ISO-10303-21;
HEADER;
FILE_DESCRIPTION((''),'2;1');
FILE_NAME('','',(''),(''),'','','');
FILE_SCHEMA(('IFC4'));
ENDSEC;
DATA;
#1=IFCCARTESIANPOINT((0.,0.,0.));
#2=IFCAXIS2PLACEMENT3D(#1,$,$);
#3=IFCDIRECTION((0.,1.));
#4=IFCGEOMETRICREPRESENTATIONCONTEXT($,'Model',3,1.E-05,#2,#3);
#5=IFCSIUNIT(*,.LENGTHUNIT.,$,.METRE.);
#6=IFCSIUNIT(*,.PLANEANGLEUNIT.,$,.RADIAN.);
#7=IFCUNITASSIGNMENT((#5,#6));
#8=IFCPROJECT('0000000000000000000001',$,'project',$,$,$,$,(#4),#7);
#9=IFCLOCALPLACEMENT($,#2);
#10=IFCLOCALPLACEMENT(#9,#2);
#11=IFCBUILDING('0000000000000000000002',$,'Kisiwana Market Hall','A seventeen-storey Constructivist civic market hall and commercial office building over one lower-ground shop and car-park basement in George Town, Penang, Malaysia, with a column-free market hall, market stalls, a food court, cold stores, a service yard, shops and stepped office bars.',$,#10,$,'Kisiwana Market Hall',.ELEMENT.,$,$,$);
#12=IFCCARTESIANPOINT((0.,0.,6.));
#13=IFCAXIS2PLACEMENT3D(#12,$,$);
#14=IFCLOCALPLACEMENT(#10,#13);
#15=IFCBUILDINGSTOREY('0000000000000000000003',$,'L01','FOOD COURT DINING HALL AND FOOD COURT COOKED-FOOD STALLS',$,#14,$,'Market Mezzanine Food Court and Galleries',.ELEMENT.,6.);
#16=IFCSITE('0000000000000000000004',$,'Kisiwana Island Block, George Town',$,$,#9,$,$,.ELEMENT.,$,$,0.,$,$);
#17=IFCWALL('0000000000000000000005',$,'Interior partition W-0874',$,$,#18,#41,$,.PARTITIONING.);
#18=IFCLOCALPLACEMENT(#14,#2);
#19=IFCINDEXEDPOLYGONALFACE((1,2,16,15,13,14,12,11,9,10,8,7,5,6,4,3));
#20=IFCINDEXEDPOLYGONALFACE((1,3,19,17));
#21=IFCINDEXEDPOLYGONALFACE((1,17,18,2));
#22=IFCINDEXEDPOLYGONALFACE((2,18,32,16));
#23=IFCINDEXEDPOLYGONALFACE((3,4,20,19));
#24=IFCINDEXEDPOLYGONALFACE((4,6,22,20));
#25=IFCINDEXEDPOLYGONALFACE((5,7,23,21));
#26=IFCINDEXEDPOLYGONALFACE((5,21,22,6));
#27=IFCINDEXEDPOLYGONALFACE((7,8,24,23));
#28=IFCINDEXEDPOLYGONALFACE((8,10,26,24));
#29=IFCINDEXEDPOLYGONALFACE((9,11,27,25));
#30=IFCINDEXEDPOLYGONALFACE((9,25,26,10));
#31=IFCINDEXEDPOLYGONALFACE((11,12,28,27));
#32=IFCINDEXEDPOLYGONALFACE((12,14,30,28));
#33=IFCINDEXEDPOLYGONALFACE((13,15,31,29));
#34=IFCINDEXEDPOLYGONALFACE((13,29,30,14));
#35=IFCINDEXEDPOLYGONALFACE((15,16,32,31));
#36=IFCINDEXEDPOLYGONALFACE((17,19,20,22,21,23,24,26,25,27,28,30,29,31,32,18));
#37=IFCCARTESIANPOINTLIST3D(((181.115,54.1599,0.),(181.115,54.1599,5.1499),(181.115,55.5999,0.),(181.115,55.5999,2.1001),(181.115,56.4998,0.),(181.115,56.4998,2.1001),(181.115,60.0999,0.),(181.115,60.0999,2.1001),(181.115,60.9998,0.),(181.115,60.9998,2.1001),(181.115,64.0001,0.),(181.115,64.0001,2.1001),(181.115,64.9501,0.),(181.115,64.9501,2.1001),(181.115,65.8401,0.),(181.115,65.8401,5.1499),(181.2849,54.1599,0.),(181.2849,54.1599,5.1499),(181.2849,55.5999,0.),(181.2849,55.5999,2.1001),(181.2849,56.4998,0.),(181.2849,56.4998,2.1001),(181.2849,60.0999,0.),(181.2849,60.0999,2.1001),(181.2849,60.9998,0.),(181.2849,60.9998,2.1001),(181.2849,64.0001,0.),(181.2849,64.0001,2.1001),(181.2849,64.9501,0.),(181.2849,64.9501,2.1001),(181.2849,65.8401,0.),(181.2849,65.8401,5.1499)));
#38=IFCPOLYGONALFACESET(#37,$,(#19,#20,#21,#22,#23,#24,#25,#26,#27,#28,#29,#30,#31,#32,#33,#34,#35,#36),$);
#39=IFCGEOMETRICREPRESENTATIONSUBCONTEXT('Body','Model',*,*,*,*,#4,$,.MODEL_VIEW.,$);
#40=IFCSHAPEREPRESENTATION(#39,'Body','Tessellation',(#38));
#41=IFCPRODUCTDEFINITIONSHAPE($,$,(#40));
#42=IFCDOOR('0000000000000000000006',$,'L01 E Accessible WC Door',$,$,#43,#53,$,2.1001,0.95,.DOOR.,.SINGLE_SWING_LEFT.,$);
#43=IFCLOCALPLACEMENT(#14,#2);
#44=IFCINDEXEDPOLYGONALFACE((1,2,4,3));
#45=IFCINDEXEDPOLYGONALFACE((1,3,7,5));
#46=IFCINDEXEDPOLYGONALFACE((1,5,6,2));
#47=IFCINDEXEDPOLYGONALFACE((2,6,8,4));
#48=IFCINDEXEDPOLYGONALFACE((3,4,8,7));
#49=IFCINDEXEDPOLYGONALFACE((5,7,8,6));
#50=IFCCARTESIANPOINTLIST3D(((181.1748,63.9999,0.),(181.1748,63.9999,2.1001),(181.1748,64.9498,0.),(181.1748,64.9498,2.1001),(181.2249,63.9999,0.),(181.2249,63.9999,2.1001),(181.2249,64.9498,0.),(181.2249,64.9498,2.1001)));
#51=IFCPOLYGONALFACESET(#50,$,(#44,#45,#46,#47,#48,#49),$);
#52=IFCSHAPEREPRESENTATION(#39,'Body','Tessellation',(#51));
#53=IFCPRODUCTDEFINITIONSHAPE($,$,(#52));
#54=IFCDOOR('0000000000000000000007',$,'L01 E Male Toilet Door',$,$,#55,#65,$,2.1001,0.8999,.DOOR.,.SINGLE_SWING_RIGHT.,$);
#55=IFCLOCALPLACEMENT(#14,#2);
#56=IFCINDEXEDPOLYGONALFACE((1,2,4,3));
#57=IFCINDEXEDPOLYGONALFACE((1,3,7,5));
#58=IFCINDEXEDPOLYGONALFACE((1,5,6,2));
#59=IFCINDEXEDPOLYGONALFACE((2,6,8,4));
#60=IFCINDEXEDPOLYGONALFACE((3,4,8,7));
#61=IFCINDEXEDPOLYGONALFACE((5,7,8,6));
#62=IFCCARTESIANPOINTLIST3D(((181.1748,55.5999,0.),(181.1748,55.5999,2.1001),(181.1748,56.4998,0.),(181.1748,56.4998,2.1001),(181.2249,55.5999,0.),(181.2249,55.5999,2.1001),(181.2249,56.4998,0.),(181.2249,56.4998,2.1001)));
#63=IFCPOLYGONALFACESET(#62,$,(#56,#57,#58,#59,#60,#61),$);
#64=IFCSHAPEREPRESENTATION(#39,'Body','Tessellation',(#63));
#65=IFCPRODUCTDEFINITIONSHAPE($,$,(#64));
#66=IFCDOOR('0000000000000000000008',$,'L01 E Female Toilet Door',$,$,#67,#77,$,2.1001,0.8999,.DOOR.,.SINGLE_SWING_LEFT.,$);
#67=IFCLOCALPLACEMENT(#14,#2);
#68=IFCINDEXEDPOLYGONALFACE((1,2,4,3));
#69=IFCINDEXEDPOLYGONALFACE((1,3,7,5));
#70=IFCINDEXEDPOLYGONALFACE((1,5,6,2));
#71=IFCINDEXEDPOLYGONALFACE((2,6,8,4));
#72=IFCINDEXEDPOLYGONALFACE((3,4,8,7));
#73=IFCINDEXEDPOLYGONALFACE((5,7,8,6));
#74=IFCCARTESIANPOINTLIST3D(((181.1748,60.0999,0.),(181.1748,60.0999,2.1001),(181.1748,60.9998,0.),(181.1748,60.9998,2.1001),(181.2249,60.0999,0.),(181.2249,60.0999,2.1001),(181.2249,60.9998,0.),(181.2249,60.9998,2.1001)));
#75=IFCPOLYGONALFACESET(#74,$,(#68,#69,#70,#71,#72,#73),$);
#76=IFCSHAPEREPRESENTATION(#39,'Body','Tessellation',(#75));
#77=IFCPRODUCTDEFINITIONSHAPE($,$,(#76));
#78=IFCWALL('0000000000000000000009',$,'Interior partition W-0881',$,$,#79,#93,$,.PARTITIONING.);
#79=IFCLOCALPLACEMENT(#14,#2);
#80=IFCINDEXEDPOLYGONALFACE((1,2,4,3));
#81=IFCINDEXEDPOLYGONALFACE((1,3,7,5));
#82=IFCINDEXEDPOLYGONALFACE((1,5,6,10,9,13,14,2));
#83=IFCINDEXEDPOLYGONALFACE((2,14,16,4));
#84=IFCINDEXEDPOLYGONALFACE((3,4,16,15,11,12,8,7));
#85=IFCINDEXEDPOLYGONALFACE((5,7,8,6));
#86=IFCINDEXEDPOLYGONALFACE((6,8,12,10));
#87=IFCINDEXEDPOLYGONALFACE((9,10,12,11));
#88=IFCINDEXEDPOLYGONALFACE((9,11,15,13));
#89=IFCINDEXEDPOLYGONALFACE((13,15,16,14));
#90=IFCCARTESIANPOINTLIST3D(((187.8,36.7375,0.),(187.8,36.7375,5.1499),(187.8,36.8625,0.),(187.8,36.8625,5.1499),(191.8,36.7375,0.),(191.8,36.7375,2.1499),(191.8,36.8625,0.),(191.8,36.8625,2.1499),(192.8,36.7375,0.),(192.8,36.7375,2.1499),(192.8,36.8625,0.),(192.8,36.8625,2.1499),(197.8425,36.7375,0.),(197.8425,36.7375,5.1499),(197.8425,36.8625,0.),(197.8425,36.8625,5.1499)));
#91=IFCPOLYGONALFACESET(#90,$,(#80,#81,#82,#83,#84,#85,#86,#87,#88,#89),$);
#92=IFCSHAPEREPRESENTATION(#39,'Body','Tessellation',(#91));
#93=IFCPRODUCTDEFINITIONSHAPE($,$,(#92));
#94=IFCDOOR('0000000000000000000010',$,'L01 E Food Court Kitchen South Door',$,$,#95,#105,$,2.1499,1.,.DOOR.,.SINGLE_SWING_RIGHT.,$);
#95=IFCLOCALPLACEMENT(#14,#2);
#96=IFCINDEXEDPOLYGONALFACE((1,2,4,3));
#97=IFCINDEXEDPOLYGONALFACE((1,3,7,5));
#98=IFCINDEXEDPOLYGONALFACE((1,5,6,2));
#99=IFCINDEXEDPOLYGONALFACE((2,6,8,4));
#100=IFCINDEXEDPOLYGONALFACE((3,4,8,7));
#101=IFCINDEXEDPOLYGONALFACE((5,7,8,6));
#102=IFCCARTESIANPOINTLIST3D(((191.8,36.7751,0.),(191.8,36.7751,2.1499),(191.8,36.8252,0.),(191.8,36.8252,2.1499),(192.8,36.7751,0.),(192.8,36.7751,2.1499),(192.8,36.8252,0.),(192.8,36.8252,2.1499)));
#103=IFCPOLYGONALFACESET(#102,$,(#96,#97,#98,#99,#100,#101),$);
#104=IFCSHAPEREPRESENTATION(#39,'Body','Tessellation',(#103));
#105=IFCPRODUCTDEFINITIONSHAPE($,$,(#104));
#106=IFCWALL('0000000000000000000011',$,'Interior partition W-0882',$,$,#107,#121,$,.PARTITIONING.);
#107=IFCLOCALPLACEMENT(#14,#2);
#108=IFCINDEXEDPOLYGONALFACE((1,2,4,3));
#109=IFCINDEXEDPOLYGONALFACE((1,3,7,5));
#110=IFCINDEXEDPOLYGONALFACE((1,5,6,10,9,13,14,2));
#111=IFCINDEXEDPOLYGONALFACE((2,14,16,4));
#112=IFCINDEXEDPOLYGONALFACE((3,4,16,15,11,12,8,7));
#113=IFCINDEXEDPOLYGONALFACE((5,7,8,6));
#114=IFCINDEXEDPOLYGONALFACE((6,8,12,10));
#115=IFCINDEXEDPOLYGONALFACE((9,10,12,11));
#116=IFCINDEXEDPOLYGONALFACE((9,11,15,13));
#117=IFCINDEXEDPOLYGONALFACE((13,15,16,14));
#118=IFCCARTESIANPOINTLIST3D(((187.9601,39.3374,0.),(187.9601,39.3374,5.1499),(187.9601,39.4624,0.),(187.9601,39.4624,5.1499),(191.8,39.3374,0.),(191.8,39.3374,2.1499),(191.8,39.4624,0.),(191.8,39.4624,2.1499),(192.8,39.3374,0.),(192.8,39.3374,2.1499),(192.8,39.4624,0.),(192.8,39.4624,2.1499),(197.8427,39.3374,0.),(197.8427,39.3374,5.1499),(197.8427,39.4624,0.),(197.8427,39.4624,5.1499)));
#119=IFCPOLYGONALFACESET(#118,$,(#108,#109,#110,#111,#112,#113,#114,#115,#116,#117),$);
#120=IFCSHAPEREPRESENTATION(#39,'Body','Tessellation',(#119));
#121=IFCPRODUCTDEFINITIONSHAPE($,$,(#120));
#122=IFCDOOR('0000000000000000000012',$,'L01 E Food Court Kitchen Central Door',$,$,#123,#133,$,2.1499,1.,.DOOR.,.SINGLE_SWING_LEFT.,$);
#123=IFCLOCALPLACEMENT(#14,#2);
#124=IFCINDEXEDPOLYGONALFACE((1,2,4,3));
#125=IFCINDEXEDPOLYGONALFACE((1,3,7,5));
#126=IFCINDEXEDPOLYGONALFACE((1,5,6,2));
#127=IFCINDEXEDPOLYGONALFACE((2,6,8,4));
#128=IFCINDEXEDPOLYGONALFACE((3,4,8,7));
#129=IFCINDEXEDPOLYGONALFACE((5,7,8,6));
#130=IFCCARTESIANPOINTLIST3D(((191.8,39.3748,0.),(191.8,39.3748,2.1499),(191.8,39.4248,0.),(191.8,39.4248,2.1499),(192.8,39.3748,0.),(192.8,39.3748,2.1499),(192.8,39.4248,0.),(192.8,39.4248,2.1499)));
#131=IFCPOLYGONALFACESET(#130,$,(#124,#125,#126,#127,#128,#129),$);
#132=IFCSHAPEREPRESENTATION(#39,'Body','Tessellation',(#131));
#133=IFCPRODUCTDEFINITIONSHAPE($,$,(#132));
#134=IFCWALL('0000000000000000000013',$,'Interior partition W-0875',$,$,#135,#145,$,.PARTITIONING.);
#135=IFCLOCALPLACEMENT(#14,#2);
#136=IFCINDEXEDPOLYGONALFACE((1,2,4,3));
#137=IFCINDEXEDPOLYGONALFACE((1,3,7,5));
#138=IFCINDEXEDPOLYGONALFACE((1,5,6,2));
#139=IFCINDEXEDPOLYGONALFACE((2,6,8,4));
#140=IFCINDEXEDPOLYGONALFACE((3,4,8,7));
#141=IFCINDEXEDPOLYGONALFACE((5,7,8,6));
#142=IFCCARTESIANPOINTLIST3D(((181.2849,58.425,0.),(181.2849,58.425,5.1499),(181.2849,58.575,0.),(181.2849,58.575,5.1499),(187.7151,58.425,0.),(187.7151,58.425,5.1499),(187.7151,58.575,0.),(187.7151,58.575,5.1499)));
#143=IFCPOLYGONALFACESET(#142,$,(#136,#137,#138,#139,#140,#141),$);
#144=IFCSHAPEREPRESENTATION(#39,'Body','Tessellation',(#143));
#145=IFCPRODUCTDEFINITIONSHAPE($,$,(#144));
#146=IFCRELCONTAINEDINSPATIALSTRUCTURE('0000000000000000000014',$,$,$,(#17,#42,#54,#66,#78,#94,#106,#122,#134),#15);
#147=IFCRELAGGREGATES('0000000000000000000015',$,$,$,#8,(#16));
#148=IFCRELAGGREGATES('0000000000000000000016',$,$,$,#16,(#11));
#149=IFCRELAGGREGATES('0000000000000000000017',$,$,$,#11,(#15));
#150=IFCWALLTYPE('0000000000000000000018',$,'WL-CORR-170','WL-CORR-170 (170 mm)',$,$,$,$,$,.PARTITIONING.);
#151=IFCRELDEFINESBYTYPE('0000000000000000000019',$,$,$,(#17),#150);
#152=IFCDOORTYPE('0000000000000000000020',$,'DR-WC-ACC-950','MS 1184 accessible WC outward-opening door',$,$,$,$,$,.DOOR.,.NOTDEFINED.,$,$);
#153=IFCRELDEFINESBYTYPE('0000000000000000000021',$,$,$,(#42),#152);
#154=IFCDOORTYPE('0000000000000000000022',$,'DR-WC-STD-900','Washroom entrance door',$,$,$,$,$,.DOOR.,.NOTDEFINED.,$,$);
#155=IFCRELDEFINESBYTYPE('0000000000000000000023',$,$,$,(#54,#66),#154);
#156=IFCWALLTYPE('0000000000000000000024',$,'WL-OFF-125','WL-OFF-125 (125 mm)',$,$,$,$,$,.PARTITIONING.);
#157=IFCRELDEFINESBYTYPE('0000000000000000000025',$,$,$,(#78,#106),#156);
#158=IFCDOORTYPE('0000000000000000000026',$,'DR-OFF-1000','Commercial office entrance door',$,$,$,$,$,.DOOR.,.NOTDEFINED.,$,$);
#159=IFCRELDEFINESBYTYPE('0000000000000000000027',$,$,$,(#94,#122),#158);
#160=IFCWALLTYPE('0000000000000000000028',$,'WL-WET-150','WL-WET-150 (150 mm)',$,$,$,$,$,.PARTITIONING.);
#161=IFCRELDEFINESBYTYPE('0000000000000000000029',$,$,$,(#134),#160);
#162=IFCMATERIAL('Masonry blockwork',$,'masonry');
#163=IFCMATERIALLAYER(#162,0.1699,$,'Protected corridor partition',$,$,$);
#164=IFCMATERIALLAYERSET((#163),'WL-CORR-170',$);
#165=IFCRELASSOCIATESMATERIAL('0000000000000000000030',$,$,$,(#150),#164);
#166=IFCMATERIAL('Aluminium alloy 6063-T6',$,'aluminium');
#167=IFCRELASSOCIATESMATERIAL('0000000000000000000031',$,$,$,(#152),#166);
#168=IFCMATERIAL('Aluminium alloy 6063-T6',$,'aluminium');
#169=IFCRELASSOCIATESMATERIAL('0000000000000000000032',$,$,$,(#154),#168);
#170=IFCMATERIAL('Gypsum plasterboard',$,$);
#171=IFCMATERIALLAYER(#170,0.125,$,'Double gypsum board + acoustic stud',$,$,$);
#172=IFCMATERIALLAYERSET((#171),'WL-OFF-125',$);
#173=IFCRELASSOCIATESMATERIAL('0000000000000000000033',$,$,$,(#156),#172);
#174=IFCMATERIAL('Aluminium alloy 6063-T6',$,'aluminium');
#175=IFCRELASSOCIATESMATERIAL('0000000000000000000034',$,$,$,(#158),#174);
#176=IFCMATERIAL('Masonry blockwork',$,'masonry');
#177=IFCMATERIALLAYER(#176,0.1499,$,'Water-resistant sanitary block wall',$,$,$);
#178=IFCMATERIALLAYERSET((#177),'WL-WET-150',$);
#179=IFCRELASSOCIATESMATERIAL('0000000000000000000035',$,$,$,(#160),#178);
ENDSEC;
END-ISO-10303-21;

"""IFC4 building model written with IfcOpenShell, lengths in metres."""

from ifc_helpers import new_model, si_unit, direction, frame, frame_2d, origin, place, context, subcontext, project, spatial, rectangle, extrude, material, layer, layer_set, type_object, element, fill, save


model = new_model("IFC4")

# Units and contexts
model_context = context("Model", 3, precision=1e-05, world=origin(), true_north=direction((0.0, 1.0)))
body_context = subcontext(model_context, "Body", "Model", "MODEL_VIEW")
ifc_project = project(units=[si_unit("LENGTHUNIT", "METRE"), si_unit("PLANEANGLEUNIT", "RADIAN")], contexts=[model_context])

# Site, building, storey
site_placement = place(None, origin())
site = spatial("IfcSite", under=ifc_project, at=site_placement, Name="Kisiwana Island Block, George Town", CompositionType="ELEMENT", RefElevation=0.0)
building_placement = place(site_placement, origin())
building = spatial("IfcBuilding", under=site, at=building_placement, Name="Kisiwana Market Hall", Description="A seventeen-storey Constructivist civic market hall and commercial office building over one lower-ground shop and car-park basement in George Town, Penang, Malaysia, with a column-free market hall, market stalls, a food court, cold stores, a service yard, shops and stepped office bars.", LongName="Kisiwana Market Hall", CompositionType="ELEMENT")
storey_placement = place(building_placement, frame((0.0, 0.0, 6.0)))
storey = spatial("IfcBuildingStorey", under=building, at=storey_placement, Name="L01", Description="FOOD COURT DINING HALL AND FOOD COURT COOKED-FOOD STALLS", LongName="Market Mezzanine Food Court and Galleries", CompositionType="ELEMENT", Elevation=6.0)

# Shared definitions
ifc_material_1 = material(Name="Masonry blockwork", Category="masonry")
ifc_layer_1 = layer(ifc_material_1, 0.1699, Name="Protected corridor partition")
ifc_layer_set_1 = layer_set([ifc_layer_1], Name="WL-CORR-170")
wall_type_1 = type_object("IfcWallType", Name="WL-CORR-170", Description="WL-CORR-170 (170 mm)", PredefinedType="PARTITIONING", material=ifc_layer_set_1)

# Wall, openings, doors
wall_1_placement = place(storey_placement, frame((181.2, 54.1599, 0.0), z_axis=(0.0, 0.0, 1.0), x_axis=(0.0, 1.0, 0.0)))
wall_1 = element("IfcWall", 1, at=wall_1_placement, inside=storey, type_object=wall_type_1, Name="Interior partition W-0874", PredefinedType="PARTITIONING", context=body_context, shape_type="SweptSolid", body=[
    extrude(rectangle(XDim=11.6802, YDim=0.1699, at=frame_2d((5.8401, 0.0))), origin(), (0.0, 0.0, 1.0), 5.1499),
])
opening_1_placement = place(wall_1_placement, frame((1.4399, 0.0, 0.0)))
opening_1 = element("IfcOpeningElement", 2, at=opening_1_placement, cuts=wall_1, PredefinedType="OPENING", context=body_context, shape_type="SweptSolid", body=[
    extrude(rectangle(XDim=0.8999, YDim=2.1001, at=frame_2d((0.45, 1.05))), frame((0.0, 0.0969, 0.0), z_axis=(0.0, -1.0, 0.0), x_axis=(1.0, 0.0, 0.0)), (0.0, 0.0, 1.0), 0.1938),
])
opening_2_placement = place(wall_1_placement, frame((5.9399, 0.0, 0.0)))
opening_2 = element("IfcOpeningElement", 3, at=opening_2_placement, cuts=wall_1, PredefinedType="OPENING", context=body_context, shape_type="SweptSolid", body=[
    extrude(rectangle(XDim=0.8999, YDim=2.1001, at=frame_2d((0.45, 1.05))), frame((0.0, 0.0969, 0.0), z_axis=(0.0, -1.0, 0.0), x_axis=(1.0, 0.0, 0.0)), (0.0, 0.0, 1.0), 0.1938),
])
opening_3_placement = place(wall_1_placement, frame((9.8401, 0.0, 0.0)))
opening_3 = element("IfcOpeningElement", 4, at=opening_3_placement, cuts=wall_1, PredefinedType="OPENING", context=body_context, shape_type="SweptSolid", body=[
    extrude(rectangle(XDim=0.95, YDim=2.1001, at=frame_2d((0.4751, 1.05))), frame((0.0, 0.0969, 0.0), z_axis=(0.0, -1.0, 0.0), x_axis=(1.0, 0.0, 0.0)), (0.0, 0.0, 1.0), 0.1938),
])
ifc_material_2 = material(Name="Aluminium alloy 6063-T6", Category="aluminium")
door_type_1 = type_object("IfcDoorType", Name="DR-WC-ACC-950", Description="MS 1184 accessible WC outward-opening door", OperationType="NOTDEFINED", PredefinedType="DOOR", material=ifc_material_2)
door_1_placement = place(opening_3_placement, frame((0.95, 0.0, 0.0), z_axis=(0.0, 0.0, 1.0), x_axis=(-1.0, 0.0, 0.0)))
door_1 = element("IfcDoor", 5, at=door_1_placement, inside=storey, type_object=door_type_1, Name="L01 E Accessible WC Door", OperationType="SINGLE_SWING_LEFT", OverallHeight=2.1001, OverallWidth=0.95, PredefinedType="DOOR", context=body_context, shape_type="SweptSolid", body=[
    extrude(rectangle(XDim=0.95, YDim=2.1001, at=frame_2d((0.4751, 1.05))), frame((0.0, 0.0249, 0.0), z_axis=(0.0, -1.0, 0.0), x_axis=(1.0, 0.0, 0.0)), (0.0, 0.0, 1.0), 0.05),
])
fill(opening_3, door_1)
ifc_material_3 = material(Name="Aluminium alloy 6063-T6", Category="aluminium")
door_type_2 = type_object("IfcDoorType", Name="DR-WC-STD-900", Description="Washroom entrance door", OperationType="NOTDEFINED", PredefinedType="DOOR", material=ifc_material_3)
door_2_placement = place(opening_1_placement, frame((0.8999, 0.0, 0.0), z_axis=(0.0, 0.0, 1.0), x_axis=(-1.0, 0.0, 0.0)))
door_2 = element("IfcDoor", 6, at=door_2_placement, inside=storey, type_object=door_type_2, Name="L01 E Male Toilet Door", OperationType="SINGLE_SWING_RIGHT", OverallHeight=2.1001, OverallWidth=0.8999, PredefinedType="DOOR", context=body_context, shape_type="SweptSolid", body=[
    extrude(rectangle(XDim=0.8999, YDim=2.1001, at=frame_2d((0.45, 1.05))), frame((0.0, 0.0249, 0.0), z_axis=(0.0, -1.0, 0.0), x_axis=(1.0, 0.0, 0.0)), (0.0, 0.0, 1.0), 0.05),
])
fill(opening_1, door_2)
door_3_placement = place(opening_2_placement, frame((0.8999, 0.0, 0.0), z_axis=(0.0, 0.0, 1.0), x_axis=(-1.0, 0.0, 0.0)))
door_3 = element("IfcDoor", 7, at=door_3_placement, inside=storey, type_object=door_type_2, Name="L01 E Female Toilet Door", OperationType="SINGLE_SWING_LEFT", OverallHeight=2.1001, OverallWidth=0.8999, PredefinedType="DOOR", context=body_context, shape_type="SweptSolid", body=[
    extrude(rectangle(XDim=0.8999, YDim=2.1001, at=frame_2d((0.45, 1.05))), frame((0.0, 0.0249, 0.0), z_axis=(0.0, -1.0, 0.0), x_axis=(1.0, 0.0, 0.0)), (0.0, 0.0, 1.0), 0.05),
])
fill(opening_2, door_3)

# Walls, openings, doors
ifc_material_4 = material(Name="Gypsum plasterboard")
ifc_layer_2 = layer(ifc_material_4, 0.125, Name="Double gypsum board + acoustic stud")
ifc_layer_set_2 = layer_set([ifc_layer_2], Name="WL-OFF-125")
wall_type_2 = type_object("IfcWallType", Name="WL-OFF-125", Description="WL-OFF-125 (125 mm)", PredefinedType="PARTITIONING", material=ifc_layer_set_2)
wall_2_placement = place(storey_placement, frame((187.8, 36.8, 0.0), z_axis=(0.0, 0.0, 1.0), x_axis=(1.0, 0.0, 0.0)))
wall_2 = element("IfcWall", 8, at=wall_2_placement, inside=storey, type_object=wall_type_2, Name="Interior partition W-0881", PredefinedType="PARTITIONING", context=body_context, shape_type="SweptSolid", body=[
    extrude(rectangle(XDim=10.0425, YDim=0.125, at=frame_2d((5.0212, 0.0))), origin(), (0.0, 0.0, 1.0), 5.1499),
])
opening_4_placement = place(wall_2_placement, frame((4.0, 0.0, 0.0)))
opening_4 = element("IfcOpeningElement", 9, at=opening_4_placement, cuts=wall_2, PredefinedType="OPENING", context=body_context, shape_type="SweptSolid", body=[
    extrude(rectangle(XDim=1.0, YDim=2.1499, at=frame_2d((0.5, 1.075))), frame((0.0, 0.0745, 0.0), z_axis=(0.0, -1.0, 0.0), x_axis=(1.0, 0.0, 0.0)), (0.0, 0.0, 1.0), 0.1489),
])
ifc_material_5 = material(Name="Aluminium alloy 6063-T6", Category="aluminium")
door_type_3 = type_object("IfcDoorType", Name="DR-OFF-1000", Description="Commercial office entrance door", OperationType="NOTDEFINED", PredefinedType="DOOR", material=ifc_material_5)
door_4_placement = place(opening_4_placement, frame((1.0, 0.0, 0.0), z_axis=(0.0, 0.0, 1.0), x_axis=(-1.0, 0.0, 0.0)))
door_4 = element("IfcDoor", 10, at=door_4_placement, inside=storey, type_object=door_type_3, Name="L01 E Food Court Kitchen South Door", OperationType="SINGLE_SWING_RIGHT", OverallHeight=2.1499, OverallWidth=1.0, PredefinedType="DOOR", context=body_context, shape_type="SweptSolid", body=[
    extrude(rectangle(XDim=1.0, YDim=2.1499, at=frame_2d((0.5, 1.075))), frame((0.0, 0.0249, 0.0), z_axis=(0.0, -1.0, 0.0), x_axis=(1.0, 0.0, 0.0)), (0.0, 0.0, 1.0), 0.05),
])
fill(opening_4, door_4)
wall_3_placement = place(storey_placement, frame((187.96, 39.3999, 0.0), z_axis=(0.0, 0.0, 1.0), x_axis=(1.0, 0.0, 0.0)))
wall_3 = element("IfcWall", 11, at=wall_3_placement, inside=storey, type_object=wall_type_2, Name="Interior partition W-0882", PredefinedType="PARTITIONING", context=body_context, shape_type="SweptSolid", body=[
    extrude(rectangle(XDim=9.8826, YDim=0.125, at=frame_2d((4.9414, 0.0))), origin(), (0.0, 0.0, 1.0), 5.1499),
])
opening_5_placement = place(wall_3_placement, frame((3.8401, 0.0, 0.0)))
opening_5 = element("IfcOpeningElement", 12, at=opening_5_placement, cuts=wall_3, PredefinedType="OPENING", context=body_context, shape_type="SweptSolid", body=[
    extrude(rectangle(XDim=1.0, YDim=2.1499, at=frame_2d((0.5, 1.075))), frame((0.0, 0.0745, 0.0), z_axis=(0.0, -1.0, 0.0), x_axis=(1.0, 0.0, 0.0)), (0.0, 0.0, 1.0), 0.1489),
])
door_5_placement = place(opening_5_placement, origin())
door_5 = element("IfcDoor", 13, at=door_5_placement, inside=storey, type_object=door_type_3, Name="L01 E Food Court Kitchen Central Door", OperationType="SINGLE_SWING_LEFT", OverallHeight=2.1499, OverallWidth=1.0, PredefinedType="DOOR", context=body_context, shape_type="SweptSolid", body=[
    extrude(rectangle(XDim=1.0, YDim=2.1499, at=frame_2d((0.5, 1.075))), frame((0.0, 0.0249, 0.0), z_axis=(0.0, -1.0, 0.0), x_axis=(1.0, 0.0, 0.0)), (0.0, 0.0, 1.0), 0.05),
])
fill(opening_5, door_5)

# Wall
ifc_material_6 = material(Name="Masonry blockwork", Category="masonry")
ifc_layer_3 = layer(ifc_material_6, 0.1499, Name="Water-resistant sanitary block wall")
ifc_layer_set_3 = layer_set([ifc_layer_3], Name="WL-WET-150")
wall_type_3 = type_object("IfcWallType", Name="WL-WET-150", Description="WL-WET-150 (150 mm)", PredefinedType="PARTITIONING", material=ifc_layer_set_3)
wall_4_placement = place(storey_placement, frame((181.2849, 58.5, 0.0), z_axis=(0.0, 0.0, 1.0), x_axis=(1.0, 0.0, 0.0)))
element("IfcWall", 14, at=wall_4_placement, inside=storey, type_object=wall_type_3, Name="Interior partition W-0875", PredefinedType="PARTITIONING", context=body_context, shape_type="SweptSolid", body=[
    extrude(rectangle(XDim=6.4302, YDim=0.1499, at=frame_2d((3.2151, 0.0))), origin(), (0.0, 0.0, 1.0), 5.1499),
])

save(model, "model.ifc")
